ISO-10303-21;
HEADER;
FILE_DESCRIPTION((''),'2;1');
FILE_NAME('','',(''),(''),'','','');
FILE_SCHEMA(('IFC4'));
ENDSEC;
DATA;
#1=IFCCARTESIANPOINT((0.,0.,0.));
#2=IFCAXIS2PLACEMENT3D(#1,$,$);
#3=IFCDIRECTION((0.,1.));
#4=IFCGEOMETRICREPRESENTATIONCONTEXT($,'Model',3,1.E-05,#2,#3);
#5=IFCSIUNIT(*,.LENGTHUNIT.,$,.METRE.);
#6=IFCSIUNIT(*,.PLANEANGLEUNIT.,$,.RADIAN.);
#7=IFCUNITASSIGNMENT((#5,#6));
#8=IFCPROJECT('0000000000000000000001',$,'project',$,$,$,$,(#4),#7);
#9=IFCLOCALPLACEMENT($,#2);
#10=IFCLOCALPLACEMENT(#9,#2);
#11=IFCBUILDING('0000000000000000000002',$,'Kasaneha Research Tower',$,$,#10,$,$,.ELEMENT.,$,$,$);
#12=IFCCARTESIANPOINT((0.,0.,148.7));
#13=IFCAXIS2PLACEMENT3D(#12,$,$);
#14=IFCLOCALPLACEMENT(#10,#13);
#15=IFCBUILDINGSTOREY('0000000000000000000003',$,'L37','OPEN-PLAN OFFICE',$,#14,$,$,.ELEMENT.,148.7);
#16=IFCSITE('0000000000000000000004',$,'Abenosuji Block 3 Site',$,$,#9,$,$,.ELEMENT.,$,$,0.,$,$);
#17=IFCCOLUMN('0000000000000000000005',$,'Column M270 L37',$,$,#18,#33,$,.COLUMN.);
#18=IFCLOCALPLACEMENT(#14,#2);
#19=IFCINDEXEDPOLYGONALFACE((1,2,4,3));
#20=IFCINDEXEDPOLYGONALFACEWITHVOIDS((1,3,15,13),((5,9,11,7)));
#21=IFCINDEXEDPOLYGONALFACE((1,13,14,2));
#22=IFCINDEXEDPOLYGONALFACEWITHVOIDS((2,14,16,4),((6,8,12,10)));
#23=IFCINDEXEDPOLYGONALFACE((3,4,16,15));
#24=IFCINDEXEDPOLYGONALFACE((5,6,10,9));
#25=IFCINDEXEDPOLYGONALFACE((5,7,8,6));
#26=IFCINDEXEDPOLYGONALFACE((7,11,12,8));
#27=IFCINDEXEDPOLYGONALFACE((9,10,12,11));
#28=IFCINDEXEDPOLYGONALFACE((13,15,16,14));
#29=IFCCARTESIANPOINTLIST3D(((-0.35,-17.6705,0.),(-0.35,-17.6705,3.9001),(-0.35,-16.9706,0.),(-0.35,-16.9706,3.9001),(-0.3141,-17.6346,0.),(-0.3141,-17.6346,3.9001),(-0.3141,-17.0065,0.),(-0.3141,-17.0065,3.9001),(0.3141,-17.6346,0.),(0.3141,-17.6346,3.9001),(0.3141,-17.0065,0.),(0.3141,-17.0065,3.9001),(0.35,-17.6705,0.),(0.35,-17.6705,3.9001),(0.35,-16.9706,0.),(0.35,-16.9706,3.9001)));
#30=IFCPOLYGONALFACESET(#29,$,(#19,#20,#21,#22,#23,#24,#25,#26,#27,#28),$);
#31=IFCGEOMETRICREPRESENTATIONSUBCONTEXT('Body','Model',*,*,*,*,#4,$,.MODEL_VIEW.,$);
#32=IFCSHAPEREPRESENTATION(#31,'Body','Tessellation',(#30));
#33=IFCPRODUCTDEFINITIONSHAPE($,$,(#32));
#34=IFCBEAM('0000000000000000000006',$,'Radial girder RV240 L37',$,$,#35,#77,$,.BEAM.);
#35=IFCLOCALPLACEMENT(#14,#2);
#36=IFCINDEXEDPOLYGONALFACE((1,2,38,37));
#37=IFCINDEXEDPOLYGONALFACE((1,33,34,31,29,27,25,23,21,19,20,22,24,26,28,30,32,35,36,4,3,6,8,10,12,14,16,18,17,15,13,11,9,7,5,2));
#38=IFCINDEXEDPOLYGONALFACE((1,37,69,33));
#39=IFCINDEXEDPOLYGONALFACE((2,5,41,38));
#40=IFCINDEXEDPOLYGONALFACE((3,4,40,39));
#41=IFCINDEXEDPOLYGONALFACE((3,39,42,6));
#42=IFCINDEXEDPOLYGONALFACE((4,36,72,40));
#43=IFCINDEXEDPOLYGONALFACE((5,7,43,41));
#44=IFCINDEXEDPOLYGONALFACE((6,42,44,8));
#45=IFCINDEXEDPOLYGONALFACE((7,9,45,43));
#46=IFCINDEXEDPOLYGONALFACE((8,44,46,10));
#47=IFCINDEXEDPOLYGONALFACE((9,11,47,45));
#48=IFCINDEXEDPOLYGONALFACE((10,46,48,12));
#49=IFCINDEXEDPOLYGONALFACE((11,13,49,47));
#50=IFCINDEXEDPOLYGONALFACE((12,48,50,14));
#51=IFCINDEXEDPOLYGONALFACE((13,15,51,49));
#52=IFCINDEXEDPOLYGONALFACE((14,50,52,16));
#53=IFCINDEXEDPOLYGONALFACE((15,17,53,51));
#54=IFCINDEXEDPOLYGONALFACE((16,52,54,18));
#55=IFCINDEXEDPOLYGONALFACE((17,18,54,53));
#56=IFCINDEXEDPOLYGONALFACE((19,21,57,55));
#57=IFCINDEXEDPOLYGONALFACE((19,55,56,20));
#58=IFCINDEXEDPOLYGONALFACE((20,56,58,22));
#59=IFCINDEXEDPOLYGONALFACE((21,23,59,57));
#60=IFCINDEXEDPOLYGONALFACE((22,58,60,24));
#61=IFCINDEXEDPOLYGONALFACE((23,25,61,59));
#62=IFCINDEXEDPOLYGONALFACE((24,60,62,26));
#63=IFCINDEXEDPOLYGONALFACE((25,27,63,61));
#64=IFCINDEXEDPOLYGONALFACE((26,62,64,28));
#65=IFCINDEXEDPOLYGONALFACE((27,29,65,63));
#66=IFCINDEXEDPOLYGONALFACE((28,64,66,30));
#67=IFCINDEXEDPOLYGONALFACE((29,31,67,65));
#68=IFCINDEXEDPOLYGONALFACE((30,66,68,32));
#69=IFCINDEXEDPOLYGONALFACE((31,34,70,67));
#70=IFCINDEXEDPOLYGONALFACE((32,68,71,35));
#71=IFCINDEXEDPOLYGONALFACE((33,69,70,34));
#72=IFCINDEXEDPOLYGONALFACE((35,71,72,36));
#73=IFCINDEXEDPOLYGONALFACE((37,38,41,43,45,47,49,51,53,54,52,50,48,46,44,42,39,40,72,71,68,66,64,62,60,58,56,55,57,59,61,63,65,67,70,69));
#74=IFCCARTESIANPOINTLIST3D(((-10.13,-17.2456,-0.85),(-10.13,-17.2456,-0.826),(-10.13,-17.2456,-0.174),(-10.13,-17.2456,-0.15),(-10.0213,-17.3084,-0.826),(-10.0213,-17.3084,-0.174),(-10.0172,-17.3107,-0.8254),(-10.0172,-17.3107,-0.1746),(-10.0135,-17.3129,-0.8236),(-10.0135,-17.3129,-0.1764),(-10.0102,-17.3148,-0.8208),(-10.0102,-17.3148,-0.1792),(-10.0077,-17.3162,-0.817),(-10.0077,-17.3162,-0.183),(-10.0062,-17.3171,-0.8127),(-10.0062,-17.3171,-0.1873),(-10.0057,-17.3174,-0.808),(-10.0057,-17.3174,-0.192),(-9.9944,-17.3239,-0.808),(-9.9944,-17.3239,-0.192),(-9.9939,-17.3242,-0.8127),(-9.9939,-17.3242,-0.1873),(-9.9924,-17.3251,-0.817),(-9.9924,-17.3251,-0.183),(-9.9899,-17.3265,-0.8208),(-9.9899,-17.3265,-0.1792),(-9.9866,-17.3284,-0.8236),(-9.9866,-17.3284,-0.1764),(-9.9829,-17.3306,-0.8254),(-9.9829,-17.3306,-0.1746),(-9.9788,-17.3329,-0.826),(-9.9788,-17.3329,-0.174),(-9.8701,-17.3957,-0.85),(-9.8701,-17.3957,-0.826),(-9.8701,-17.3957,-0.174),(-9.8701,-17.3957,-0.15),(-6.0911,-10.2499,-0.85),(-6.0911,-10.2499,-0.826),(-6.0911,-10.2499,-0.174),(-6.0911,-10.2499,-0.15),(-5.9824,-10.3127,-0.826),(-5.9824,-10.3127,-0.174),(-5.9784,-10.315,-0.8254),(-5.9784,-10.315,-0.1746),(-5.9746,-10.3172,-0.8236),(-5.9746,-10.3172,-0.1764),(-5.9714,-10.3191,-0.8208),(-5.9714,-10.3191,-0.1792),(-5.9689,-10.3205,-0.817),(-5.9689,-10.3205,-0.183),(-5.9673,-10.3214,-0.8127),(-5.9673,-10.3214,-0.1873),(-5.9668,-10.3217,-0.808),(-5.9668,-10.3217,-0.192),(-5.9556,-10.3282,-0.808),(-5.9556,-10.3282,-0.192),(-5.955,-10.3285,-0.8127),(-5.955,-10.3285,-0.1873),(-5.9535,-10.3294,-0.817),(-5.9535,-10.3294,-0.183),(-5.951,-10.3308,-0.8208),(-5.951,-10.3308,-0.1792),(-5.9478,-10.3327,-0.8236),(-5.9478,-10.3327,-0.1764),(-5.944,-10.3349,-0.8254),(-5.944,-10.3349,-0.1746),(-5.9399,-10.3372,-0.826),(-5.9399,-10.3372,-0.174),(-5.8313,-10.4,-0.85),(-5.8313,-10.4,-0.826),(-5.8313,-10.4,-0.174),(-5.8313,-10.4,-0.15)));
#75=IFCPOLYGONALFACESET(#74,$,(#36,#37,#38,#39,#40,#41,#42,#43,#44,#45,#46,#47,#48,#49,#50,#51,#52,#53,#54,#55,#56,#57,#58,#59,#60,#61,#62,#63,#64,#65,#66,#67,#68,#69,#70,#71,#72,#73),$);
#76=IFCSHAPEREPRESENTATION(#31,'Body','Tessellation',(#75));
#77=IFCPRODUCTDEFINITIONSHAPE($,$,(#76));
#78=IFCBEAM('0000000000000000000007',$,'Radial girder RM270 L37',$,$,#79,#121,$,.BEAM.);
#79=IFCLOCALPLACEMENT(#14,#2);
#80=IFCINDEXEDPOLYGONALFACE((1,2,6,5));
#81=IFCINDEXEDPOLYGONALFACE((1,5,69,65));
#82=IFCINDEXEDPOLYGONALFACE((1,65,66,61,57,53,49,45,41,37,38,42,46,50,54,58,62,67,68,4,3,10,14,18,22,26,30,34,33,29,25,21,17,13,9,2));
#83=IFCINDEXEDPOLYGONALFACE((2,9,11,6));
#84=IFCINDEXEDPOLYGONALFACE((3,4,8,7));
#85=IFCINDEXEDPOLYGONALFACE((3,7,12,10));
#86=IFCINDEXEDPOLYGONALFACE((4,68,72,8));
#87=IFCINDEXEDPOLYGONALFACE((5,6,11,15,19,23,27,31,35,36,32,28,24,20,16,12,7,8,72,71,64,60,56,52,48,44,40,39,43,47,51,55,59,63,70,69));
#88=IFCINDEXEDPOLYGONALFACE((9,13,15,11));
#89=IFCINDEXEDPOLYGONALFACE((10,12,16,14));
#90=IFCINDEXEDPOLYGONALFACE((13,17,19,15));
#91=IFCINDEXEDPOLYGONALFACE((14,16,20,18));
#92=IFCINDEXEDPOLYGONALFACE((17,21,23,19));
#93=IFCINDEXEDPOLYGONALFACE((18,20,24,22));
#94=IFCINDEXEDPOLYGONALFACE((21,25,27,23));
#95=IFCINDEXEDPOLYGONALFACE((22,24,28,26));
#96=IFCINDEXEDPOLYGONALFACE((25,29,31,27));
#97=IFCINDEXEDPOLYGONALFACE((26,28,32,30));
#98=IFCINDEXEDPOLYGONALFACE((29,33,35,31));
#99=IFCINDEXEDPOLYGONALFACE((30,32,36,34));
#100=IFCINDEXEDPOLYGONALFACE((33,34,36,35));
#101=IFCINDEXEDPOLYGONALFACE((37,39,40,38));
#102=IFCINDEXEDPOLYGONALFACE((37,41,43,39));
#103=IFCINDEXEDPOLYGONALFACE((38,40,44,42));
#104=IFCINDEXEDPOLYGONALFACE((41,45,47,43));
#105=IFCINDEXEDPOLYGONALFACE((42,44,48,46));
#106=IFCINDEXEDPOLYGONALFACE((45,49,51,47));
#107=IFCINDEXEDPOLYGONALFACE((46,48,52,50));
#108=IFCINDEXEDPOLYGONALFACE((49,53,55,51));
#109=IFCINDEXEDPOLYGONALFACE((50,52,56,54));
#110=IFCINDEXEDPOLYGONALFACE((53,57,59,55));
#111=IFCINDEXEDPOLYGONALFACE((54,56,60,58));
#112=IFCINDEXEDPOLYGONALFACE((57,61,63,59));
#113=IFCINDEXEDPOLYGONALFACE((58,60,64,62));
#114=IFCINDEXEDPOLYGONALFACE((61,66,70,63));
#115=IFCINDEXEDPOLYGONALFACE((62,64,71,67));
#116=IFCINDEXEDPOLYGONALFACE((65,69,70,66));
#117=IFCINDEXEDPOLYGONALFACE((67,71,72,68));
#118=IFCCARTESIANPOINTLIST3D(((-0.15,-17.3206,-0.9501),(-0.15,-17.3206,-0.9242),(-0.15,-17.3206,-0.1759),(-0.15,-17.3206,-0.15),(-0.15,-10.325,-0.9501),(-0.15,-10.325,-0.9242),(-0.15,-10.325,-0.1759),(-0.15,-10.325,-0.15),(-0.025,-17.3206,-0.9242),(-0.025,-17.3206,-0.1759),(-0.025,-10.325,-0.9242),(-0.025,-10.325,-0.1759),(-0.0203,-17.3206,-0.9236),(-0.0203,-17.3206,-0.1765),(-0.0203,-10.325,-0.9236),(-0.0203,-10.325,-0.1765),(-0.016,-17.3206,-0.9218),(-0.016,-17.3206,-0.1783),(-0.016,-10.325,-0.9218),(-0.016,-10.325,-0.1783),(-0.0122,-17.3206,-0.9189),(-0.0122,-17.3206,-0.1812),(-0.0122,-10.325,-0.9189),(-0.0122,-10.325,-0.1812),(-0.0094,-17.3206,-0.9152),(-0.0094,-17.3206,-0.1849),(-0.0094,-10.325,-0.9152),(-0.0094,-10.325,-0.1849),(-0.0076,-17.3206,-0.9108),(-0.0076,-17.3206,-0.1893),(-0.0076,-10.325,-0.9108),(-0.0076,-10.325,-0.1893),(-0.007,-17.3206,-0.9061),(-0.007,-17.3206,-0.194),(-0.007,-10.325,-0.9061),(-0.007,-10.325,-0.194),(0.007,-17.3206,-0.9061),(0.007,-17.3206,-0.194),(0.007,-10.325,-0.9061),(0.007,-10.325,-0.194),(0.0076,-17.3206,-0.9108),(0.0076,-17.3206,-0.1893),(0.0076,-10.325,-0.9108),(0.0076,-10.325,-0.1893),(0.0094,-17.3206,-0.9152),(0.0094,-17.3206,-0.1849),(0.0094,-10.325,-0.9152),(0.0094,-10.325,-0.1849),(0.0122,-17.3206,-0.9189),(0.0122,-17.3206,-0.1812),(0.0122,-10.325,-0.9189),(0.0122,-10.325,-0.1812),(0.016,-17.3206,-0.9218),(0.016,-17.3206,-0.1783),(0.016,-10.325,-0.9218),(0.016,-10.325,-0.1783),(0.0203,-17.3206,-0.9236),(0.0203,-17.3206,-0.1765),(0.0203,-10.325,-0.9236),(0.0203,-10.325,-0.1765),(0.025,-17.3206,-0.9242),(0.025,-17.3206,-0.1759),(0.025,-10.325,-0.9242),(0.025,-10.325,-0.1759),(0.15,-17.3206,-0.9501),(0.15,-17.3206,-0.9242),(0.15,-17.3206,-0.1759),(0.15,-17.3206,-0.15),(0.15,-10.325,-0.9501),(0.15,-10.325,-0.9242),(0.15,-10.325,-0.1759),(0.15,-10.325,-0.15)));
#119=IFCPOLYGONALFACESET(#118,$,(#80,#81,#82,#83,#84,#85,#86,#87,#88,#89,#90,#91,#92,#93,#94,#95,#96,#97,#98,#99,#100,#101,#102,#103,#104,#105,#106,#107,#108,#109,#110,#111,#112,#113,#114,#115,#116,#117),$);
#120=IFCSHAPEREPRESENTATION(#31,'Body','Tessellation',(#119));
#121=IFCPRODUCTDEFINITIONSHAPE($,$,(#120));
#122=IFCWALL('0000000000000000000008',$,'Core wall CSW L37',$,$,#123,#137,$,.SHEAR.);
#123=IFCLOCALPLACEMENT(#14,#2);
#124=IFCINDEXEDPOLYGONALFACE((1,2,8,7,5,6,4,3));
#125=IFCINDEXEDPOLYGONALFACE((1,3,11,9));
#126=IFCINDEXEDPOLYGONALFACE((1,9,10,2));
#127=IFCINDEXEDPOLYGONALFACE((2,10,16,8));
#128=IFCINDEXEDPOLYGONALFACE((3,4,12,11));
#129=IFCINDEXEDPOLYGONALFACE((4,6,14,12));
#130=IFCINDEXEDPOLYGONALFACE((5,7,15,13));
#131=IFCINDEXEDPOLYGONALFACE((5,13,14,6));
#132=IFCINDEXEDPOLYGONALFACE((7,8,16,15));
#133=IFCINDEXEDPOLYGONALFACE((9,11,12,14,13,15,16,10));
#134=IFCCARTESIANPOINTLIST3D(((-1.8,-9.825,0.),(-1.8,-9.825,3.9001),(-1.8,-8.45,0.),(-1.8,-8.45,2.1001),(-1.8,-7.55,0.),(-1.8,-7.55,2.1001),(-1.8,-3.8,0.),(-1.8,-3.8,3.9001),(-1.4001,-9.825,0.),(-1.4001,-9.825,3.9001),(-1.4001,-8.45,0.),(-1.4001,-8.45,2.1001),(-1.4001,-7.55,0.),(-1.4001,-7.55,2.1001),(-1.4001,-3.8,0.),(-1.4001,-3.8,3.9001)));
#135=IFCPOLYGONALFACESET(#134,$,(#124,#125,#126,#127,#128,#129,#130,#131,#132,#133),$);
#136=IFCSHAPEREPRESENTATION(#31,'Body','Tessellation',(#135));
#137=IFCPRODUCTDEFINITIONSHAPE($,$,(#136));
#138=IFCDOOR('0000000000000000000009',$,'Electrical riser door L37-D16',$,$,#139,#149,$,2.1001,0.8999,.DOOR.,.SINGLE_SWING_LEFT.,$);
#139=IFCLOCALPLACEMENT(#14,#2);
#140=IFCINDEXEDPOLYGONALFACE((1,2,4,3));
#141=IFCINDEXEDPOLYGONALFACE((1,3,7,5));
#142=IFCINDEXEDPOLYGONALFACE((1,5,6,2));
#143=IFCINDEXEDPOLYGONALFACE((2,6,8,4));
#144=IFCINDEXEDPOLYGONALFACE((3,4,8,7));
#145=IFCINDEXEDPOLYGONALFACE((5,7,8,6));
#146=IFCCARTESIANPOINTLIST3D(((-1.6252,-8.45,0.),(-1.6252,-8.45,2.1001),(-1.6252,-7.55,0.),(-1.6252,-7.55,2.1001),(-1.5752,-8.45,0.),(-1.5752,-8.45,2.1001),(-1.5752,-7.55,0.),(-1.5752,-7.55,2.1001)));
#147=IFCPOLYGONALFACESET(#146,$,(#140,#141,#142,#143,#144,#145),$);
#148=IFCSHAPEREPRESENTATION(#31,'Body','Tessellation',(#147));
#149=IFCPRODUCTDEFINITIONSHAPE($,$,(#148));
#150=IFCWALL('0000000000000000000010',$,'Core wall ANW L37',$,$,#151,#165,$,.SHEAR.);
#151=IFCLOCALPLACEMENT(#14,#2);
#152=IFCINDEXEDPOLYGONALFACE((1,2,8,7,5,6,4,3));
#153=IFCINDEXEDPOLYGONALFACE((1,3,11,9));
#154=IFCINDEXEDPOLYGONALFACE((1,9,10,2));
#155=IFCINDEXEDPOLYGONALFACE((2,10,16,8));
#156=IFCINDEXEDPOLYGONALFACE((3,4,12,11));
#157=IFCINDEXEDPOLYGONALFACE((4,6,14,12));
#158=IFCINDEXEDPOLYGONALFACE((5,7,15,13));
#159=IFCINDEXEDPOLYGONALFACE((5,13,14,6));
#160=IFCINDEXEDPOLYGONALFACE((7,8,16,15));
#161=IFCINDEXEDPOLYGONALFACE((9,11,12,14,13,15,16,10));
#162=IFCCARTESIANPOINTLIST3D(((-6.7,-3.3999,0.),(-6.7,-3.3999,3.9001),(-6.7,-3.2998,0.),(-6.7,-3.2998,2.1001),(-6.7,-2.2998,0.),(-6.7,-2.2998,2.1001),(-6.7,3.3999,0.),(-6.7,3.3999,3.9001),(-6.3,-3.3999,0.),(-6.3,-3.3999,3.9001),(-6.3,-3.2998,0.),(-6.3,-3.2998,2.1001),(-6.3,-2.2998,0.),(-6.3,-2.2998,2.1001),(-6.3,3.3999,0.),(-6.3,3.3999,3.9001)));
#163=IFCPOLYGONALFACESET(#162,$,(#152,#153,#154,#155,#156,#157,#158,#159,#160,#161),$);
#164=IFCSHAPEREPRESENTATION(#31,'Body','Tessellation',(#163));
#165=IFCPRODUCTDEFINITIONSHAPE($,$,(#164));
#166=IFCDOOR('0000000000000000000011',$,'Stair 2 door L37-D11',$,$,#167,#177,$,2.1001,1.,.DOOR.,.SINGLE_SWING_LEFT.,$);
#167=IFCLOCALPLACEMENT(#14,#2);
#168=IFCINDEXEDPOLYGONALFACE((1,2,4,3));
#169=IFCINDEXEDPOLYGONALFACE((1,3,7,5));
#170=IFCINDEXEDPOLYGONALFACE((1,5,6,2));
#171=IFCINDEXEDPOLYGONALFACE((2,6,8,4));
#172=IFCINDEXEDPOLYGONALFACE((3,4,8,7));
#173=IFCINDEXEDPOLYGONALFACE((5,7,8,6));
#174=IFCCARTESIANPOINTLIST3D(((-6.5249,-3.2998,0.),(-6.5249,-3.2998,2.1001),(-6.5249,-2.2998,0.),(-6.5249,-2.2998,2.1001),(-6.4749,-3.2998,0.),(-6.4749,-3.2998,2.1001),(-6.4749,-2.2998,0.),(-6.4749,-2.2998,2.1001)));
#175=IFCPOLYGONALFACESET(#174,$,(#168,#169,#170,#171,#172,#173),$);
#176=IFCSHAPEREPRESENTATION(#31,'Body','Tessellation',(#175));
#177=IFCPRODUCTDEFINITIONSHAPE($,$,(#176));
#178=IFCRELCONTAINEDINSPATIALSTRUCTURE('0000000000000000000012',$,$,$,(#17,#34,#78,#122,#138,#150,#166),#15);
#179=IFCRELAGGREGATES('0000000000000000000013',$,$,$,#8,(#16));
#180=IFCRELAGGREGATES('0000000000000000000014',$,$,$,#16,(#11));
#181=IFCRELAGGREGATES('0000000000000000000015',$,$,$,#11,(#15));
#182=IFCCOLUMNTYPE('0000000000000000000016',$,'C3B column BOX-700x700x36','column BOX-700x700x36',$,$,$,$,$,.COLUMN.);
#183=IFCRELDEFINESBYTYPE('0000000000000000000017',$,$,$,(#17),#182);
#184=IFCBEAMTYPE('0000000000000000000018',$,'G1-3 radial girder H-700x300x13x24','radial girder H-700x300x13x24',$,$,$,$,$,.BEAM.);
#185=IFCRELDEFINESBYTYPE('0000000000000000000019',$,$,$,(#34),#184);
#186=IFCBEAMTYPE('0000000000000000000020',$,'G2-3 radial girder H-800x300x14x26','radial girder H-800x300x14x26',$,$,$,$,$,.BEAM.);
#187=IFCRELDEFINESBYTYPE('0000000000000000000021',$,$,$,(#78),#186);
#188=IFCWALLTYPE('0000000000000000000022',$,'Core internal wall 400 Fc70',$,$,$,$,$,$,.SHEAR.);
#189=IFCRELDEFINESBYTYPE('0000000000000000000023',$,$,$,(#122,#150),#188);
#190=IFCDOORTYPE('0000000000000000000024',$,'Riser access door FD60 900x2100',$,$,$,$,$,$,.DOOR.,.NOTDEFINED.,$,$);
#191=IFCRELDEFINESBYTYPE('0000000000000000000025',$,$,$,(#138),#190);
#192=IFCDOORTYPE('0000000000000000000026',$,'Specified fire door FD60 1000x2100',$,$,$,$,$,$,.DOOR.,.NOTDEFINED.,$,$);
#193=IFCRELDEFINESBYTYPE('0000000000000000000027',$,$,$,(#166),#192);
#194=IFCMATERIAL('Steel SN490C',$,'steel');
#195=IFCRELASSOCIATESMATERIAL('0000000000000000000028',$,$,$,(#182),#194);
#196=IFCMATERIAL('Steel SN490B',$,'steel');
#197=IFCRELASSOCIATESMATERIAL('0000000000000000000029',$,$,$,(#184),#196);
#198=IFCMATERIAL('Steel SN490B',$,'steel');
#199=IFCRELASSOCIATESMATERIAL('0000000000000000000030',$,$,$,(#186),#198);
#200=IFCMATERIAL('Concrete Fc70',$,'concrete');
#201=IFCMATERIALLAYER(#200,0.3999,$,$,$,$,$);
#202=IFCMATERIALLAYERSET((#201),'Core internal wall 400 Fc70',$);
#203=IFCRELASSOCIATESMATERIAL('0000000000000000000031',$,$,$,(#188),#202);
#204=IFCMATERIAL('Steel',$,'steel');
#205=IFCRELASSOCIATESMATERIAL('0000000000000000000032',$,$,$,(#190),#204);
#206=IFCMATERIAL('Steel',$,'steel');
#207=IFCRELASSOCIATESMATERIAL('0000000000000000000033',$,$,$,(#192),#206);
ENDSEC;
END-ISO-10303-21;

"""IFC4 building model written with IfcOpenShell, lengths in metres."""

from ifc_helpers import new_model, si_unit, direction, frame, frame_2d, origin, origin_2d, place, context, subcontext, project, spatial, rectangle, hollow_rectangle, i_section, extrude, material, layer, layer_set, material_profile, profile_set, type_object, element, fill, save


model = new_model("IFC4")

# Units and contexts
model_context = context("Model", 3, precision=1e-05, world=origin(), true_north=direction((0.0, 1.0)))
body_context = subcontext(model_context, "Body", "Model", "MODEL_VIEW")
ifc_project = project(units=[si_unit("LENGTHUNIT", "METRE"), si_unit("PLANEANGLEUNIT", "RADIAN")], contexts=[model_context])

# Site, building, storey
site_placement = place(None, origin())
site = spatial("IfcSite", under=ifc_project, at=site_placement, Name="Abenosuji Block 3 Site", CompositionType="ELEMENT", RefElevation=0.0)
building_placement = place(site_placement, origin())
building = spatial("IfcBuilding", under=site, at=building_placement, Name="Kasaneha Research Tower", CompositionType="ELEMENT")
storey_placement = place(building_placement, frame((0.0, 0.0, 148.7)))
storey = spatial("IfcBuildingStorey", under=building, at=storey_placement, Name="L37", Description="OPEN-PLAN OFFICE", CompositionType="ELEMENT", Elevation=148.7)

# Column
ifc_material_1 = material(Name="Steel SN490C", Category="steel")
ifc_material_profile_1 = material_profile(ifc_material_1, hollow_rectangle(XDim=0.7, YDim=0.7, WallThickness=0.0359, at=origin_2d()), Name="BOX-700x700x36")
ifc_profile_set_1 = profile_set([ifc_material_profile_1], Name="Steel SN490C")
column_type = type_object("IfcColumnType", Name="C3B column BOX-700x700x36", Description="column BOX-700x700x36", PredefinedType="COLUMN", material=ifc_profile_set_1)
column_placement = place(storey_placement, frame((0.0, -17.3206, 0.0), z_axis=(0.0, 0.0, 1.0), x_axis=(1.0, 0.0, 0.0)))
element("IfcColumn", 1, at=column_placement, inside=storey, type_object=column_type, Name="Column M270 L37", PredefinedType="COLUMN", context=body_context, shape_type="SweptSolid", body=[
    extrude(hollow_rectangle(XDim=0.7, YDim=0.7, WallThickness=0.0359, at=origin_2d()), origin(), (0.0, 0.0, 1.0), 3.9001),
])

# Beams
ifc_material_2 = material(Name="Steel SN490B", Category="steel")
ifc_material_profile_2 = material_profile(ifc_material_2, i_section(OverallWidth=0.3, OverallDepth=0.7, WebThickness=0.0129, FlangeThickness=0.0239, FilletRadius=0.0181, at=origin_2d()), Name="H-700x300x13x24")
ifc_profile_set_2 = profile_set([ifc_material_profile_2], Name="Steel SN490B")
beam_type_1 = type_object("IfcBeamType", Name="G1-3 radial girder H-700x300x13x24", Description="radial girder H-700x300x13x24", PredefinedType="BEAM", material=ifc_profile_set_2)
beam_1_placement = place(storey_placement, frame((-5.9612, -10.325, -0.5), z_axis=(-0.499991, -0.866031, 0.0), x_axis=(0.866031, -0.499991, 0.0)))
element("IfcBeam", 2, at=beam_1_placement, inside=storey, type_object=beam_type_1, Name="Radial girder RV240 L37", PredefinedType="BEAM", context=body_context, shape_type="SweptSolid", body=[
    extrude(i_section(OverallWidth=0.3, OverallDepth=0.7, WebThickness=0.0129, FlangeThickness=0.0239, FilletRadius=0.0181, at=origin_2d()), origin(), (0.0, 0.0, 1.0), 8.0779),
])
ifc_material_3 = material(Name="Steel SN490B", Category="steel")
ifc_material_profile_3 = material_profile(ifc_material_3, i_section(OverallWidth=0.3, OverallDepth=0.8, WebThickness=0.0139, FlangeThickness=0.0259, FilletRadius=0.0181, at=origin_2d()), Name="H-800x300x14x26")
ifc_profile_set_3 = profile_set([ifc_material_profile_3], Name="Steel SN490B")
beam_type_2 = type_object("IfcBeamType", Name="G2-3 radial girder H-800x300x14x26", Description="radial girder H-800x300x14x26", PredefinedType="BEAM", material=ifc_profile_set_3)
beam_2_placement = place(storey_placement, frame((0.0, -10.325, -0.55), z_axis=(0.0, -1.0, 0.0), x_axis=(1.0, 0.0, 0.0)))
element("IfcBeam", 3, at=beam_2_placement, inside=storey, type_object=beam_type_2, Name="Radial girder RM270 L37", PredefinedType="BEAM", context=body_context, shape_type="SweptSolid", body=[
    extrude(i_section(OverallWidth=0.3, OverallDepth=0.8, WebThickness=0.0139, FlangeThickness=0.0259, FilletRadius=0.0181, at=origin_2d()), origin(), (0.0, 0.0, 1.0), 6.9956),
])

# Walls, openings, doors
ifc_material_4 = material(Name="Concrete Fc70", Category="concrete")
ifc_layer_1 = layer(ifc_material_4, 0.3999)
ifc_layer_set_1 = layer_set([ifc_layer_1], Name="Core internal wall 400 Fc70")
wall_type_1 = type_object("IfcWallType", Name="Core internal wall 400 Fc70", PredefinedType="SHEAR", material=ifc_layer_set_1)
wall_1_placement = place(storey_placement, frame((-1.6001, -3.8, 0.0), z_axis=(0.0, 0.0, 1.0), x_axis=(0.0, -1.0, 0.0)))
wall_1 = element("IfcWall", 4, at=wall_1_placement, inside=storey, type_object=wall_type_1, Name="Core wall CSW L37", PredefinedType="SHEAR", context=body_context, shape_type="SweptSolid", body=[
    extrude(rectangle(XDim=6.0249, YDim=0.3999, at=frame_2d((3.0125, 0.0))), origin(), (0.0, 0.0, 1.0), 3.9001),
])
opening_1_placement = place(wall_1_placement, frame((3.75, 0.0, 0.0)))
opening_1 = element("IfcOpeningElement", 5, at=opening_1_placement, cuts=wall_1, PredefinedType="OPENING", context=body_context, shape_type="SweptSolid", body=[
    extrude(rectangle(XDim=0.8999, YDim=2.1001, at=frame_2d((0.45, 1.05))), frame((0.0, 0.21, 0.0), z_axis=(0.0, -1.0, 0.0), x_axis=(1.0, 0.0, 0.0)), (0.0, 0.0, 1.0), 0.4199),
])
ifc_material_5 = material(Name="Steel", Category="steel")
door_type_1 = type_object("IfcDoorType", Name="Riser access door FD60 900x2100", OperationType="NOTDEFINED", PredefinedType="DOOR", material=ifc_material_5)
door_1_placement = place(opening_1_placement, origin())
door_1 = element("IfcDoor", 6, at=door_1_placement, inside=storey, type_object=door_type_1, Name="Electrical riser door L37-D16", OperationType="SINGLE_SWING_LEFT", OverallHeight=2.1001, OverallWidth=0.8999, PredefinedType="DOOR", context=body_context, shape_type="SweptSolid", body=[
    extrude(rectangle(XDim=0.8999, YDim=2.1001, at=frame_2d((0.45, 1.05))), frame((0.0, 0.0249, 0.0), z_axis=(0.0, -1.0, 0.0), x_axis=(1.0, 0.0, 0.0)), (0.0, 0.0, 1.0), 0.05),
])
fill(opening_1, door_1)
wall_2_placement = place(storey_placement, frame((-6.5, -3.3999, 0.0), z_axis=(0.0, 0.0, 1.0), x_axis=(0.0, 1.0, 0.0)))
wall_2 = element("IfcWall", 7, at=wall_2_placement, inside=storey, type_object=wall_type_1, Name="Core wall ANW L37", PredefinedType="SHEAR", context=body_context, shape_type="SweptSolid", body=[
    extrude(rectangle(XDim=6.7998, YDim=0.3999, at=frame_2d((3.3999, 0.0))), origin(), (0.0, 0.0, 1.0), 3.9001),
])
opening_2_placement = place(wall_2_placement, frame((0.1001, 0.0, 0.0)))
opening_2 = element("IfcOpeningElement", 8, at=opening_2_placement, cuts=wall_2, PredefinedType="OPENING", context=body_context, shape_type="SweptSolid", body=[
    extrude(rectangle(XDim=1.0, YDim=2.1001, at=frame_2d((0.5, 1.05))), frame((0.0, 0.21, 0.0), z_axis=(0.0, -1.0, 0.0), x_axis=(1.0, 0.0, 0.0)), (0.0, 0.0, 1.0), 0.4199),
])
ifc_material_6 = material(Name="Steel", Category="steel")
door_type_2 = type_object("IfcDoorType", Name="Specified fire door FD60 1000x2100", OperationType="NOTDEFINED", PredefinedType="DOOR", material=ifc_material_6)
door_2_placement = place(opening_2_placement, origin())
door_2 = element("IfcDoor", 9, at=door_2_placement, inside=storey, type_object=door_type_2, Name="Stair 2 door L37-D11", OperationType="SINGLE_SWING_LEFT", OverallHeight=2.1001, OverallWidth=1.0, PredefinedType="DOOR", context=body_context, shape_type="SweptSolid", body=[
    extrude(rectangle(XDim=1.0, YDim=2.1001, at=frame_2d((0.5, 1.05))), frame((0.0, 0.0249, 0.0), z_axis=(0.0, -1.0, 0.0), x_axis=(1.0, 0.0, 0.0)), (0.0, 0.0, 1.0), 0.05),
])
fill(opening_2, door_2)

save(model, "model.ifc")
